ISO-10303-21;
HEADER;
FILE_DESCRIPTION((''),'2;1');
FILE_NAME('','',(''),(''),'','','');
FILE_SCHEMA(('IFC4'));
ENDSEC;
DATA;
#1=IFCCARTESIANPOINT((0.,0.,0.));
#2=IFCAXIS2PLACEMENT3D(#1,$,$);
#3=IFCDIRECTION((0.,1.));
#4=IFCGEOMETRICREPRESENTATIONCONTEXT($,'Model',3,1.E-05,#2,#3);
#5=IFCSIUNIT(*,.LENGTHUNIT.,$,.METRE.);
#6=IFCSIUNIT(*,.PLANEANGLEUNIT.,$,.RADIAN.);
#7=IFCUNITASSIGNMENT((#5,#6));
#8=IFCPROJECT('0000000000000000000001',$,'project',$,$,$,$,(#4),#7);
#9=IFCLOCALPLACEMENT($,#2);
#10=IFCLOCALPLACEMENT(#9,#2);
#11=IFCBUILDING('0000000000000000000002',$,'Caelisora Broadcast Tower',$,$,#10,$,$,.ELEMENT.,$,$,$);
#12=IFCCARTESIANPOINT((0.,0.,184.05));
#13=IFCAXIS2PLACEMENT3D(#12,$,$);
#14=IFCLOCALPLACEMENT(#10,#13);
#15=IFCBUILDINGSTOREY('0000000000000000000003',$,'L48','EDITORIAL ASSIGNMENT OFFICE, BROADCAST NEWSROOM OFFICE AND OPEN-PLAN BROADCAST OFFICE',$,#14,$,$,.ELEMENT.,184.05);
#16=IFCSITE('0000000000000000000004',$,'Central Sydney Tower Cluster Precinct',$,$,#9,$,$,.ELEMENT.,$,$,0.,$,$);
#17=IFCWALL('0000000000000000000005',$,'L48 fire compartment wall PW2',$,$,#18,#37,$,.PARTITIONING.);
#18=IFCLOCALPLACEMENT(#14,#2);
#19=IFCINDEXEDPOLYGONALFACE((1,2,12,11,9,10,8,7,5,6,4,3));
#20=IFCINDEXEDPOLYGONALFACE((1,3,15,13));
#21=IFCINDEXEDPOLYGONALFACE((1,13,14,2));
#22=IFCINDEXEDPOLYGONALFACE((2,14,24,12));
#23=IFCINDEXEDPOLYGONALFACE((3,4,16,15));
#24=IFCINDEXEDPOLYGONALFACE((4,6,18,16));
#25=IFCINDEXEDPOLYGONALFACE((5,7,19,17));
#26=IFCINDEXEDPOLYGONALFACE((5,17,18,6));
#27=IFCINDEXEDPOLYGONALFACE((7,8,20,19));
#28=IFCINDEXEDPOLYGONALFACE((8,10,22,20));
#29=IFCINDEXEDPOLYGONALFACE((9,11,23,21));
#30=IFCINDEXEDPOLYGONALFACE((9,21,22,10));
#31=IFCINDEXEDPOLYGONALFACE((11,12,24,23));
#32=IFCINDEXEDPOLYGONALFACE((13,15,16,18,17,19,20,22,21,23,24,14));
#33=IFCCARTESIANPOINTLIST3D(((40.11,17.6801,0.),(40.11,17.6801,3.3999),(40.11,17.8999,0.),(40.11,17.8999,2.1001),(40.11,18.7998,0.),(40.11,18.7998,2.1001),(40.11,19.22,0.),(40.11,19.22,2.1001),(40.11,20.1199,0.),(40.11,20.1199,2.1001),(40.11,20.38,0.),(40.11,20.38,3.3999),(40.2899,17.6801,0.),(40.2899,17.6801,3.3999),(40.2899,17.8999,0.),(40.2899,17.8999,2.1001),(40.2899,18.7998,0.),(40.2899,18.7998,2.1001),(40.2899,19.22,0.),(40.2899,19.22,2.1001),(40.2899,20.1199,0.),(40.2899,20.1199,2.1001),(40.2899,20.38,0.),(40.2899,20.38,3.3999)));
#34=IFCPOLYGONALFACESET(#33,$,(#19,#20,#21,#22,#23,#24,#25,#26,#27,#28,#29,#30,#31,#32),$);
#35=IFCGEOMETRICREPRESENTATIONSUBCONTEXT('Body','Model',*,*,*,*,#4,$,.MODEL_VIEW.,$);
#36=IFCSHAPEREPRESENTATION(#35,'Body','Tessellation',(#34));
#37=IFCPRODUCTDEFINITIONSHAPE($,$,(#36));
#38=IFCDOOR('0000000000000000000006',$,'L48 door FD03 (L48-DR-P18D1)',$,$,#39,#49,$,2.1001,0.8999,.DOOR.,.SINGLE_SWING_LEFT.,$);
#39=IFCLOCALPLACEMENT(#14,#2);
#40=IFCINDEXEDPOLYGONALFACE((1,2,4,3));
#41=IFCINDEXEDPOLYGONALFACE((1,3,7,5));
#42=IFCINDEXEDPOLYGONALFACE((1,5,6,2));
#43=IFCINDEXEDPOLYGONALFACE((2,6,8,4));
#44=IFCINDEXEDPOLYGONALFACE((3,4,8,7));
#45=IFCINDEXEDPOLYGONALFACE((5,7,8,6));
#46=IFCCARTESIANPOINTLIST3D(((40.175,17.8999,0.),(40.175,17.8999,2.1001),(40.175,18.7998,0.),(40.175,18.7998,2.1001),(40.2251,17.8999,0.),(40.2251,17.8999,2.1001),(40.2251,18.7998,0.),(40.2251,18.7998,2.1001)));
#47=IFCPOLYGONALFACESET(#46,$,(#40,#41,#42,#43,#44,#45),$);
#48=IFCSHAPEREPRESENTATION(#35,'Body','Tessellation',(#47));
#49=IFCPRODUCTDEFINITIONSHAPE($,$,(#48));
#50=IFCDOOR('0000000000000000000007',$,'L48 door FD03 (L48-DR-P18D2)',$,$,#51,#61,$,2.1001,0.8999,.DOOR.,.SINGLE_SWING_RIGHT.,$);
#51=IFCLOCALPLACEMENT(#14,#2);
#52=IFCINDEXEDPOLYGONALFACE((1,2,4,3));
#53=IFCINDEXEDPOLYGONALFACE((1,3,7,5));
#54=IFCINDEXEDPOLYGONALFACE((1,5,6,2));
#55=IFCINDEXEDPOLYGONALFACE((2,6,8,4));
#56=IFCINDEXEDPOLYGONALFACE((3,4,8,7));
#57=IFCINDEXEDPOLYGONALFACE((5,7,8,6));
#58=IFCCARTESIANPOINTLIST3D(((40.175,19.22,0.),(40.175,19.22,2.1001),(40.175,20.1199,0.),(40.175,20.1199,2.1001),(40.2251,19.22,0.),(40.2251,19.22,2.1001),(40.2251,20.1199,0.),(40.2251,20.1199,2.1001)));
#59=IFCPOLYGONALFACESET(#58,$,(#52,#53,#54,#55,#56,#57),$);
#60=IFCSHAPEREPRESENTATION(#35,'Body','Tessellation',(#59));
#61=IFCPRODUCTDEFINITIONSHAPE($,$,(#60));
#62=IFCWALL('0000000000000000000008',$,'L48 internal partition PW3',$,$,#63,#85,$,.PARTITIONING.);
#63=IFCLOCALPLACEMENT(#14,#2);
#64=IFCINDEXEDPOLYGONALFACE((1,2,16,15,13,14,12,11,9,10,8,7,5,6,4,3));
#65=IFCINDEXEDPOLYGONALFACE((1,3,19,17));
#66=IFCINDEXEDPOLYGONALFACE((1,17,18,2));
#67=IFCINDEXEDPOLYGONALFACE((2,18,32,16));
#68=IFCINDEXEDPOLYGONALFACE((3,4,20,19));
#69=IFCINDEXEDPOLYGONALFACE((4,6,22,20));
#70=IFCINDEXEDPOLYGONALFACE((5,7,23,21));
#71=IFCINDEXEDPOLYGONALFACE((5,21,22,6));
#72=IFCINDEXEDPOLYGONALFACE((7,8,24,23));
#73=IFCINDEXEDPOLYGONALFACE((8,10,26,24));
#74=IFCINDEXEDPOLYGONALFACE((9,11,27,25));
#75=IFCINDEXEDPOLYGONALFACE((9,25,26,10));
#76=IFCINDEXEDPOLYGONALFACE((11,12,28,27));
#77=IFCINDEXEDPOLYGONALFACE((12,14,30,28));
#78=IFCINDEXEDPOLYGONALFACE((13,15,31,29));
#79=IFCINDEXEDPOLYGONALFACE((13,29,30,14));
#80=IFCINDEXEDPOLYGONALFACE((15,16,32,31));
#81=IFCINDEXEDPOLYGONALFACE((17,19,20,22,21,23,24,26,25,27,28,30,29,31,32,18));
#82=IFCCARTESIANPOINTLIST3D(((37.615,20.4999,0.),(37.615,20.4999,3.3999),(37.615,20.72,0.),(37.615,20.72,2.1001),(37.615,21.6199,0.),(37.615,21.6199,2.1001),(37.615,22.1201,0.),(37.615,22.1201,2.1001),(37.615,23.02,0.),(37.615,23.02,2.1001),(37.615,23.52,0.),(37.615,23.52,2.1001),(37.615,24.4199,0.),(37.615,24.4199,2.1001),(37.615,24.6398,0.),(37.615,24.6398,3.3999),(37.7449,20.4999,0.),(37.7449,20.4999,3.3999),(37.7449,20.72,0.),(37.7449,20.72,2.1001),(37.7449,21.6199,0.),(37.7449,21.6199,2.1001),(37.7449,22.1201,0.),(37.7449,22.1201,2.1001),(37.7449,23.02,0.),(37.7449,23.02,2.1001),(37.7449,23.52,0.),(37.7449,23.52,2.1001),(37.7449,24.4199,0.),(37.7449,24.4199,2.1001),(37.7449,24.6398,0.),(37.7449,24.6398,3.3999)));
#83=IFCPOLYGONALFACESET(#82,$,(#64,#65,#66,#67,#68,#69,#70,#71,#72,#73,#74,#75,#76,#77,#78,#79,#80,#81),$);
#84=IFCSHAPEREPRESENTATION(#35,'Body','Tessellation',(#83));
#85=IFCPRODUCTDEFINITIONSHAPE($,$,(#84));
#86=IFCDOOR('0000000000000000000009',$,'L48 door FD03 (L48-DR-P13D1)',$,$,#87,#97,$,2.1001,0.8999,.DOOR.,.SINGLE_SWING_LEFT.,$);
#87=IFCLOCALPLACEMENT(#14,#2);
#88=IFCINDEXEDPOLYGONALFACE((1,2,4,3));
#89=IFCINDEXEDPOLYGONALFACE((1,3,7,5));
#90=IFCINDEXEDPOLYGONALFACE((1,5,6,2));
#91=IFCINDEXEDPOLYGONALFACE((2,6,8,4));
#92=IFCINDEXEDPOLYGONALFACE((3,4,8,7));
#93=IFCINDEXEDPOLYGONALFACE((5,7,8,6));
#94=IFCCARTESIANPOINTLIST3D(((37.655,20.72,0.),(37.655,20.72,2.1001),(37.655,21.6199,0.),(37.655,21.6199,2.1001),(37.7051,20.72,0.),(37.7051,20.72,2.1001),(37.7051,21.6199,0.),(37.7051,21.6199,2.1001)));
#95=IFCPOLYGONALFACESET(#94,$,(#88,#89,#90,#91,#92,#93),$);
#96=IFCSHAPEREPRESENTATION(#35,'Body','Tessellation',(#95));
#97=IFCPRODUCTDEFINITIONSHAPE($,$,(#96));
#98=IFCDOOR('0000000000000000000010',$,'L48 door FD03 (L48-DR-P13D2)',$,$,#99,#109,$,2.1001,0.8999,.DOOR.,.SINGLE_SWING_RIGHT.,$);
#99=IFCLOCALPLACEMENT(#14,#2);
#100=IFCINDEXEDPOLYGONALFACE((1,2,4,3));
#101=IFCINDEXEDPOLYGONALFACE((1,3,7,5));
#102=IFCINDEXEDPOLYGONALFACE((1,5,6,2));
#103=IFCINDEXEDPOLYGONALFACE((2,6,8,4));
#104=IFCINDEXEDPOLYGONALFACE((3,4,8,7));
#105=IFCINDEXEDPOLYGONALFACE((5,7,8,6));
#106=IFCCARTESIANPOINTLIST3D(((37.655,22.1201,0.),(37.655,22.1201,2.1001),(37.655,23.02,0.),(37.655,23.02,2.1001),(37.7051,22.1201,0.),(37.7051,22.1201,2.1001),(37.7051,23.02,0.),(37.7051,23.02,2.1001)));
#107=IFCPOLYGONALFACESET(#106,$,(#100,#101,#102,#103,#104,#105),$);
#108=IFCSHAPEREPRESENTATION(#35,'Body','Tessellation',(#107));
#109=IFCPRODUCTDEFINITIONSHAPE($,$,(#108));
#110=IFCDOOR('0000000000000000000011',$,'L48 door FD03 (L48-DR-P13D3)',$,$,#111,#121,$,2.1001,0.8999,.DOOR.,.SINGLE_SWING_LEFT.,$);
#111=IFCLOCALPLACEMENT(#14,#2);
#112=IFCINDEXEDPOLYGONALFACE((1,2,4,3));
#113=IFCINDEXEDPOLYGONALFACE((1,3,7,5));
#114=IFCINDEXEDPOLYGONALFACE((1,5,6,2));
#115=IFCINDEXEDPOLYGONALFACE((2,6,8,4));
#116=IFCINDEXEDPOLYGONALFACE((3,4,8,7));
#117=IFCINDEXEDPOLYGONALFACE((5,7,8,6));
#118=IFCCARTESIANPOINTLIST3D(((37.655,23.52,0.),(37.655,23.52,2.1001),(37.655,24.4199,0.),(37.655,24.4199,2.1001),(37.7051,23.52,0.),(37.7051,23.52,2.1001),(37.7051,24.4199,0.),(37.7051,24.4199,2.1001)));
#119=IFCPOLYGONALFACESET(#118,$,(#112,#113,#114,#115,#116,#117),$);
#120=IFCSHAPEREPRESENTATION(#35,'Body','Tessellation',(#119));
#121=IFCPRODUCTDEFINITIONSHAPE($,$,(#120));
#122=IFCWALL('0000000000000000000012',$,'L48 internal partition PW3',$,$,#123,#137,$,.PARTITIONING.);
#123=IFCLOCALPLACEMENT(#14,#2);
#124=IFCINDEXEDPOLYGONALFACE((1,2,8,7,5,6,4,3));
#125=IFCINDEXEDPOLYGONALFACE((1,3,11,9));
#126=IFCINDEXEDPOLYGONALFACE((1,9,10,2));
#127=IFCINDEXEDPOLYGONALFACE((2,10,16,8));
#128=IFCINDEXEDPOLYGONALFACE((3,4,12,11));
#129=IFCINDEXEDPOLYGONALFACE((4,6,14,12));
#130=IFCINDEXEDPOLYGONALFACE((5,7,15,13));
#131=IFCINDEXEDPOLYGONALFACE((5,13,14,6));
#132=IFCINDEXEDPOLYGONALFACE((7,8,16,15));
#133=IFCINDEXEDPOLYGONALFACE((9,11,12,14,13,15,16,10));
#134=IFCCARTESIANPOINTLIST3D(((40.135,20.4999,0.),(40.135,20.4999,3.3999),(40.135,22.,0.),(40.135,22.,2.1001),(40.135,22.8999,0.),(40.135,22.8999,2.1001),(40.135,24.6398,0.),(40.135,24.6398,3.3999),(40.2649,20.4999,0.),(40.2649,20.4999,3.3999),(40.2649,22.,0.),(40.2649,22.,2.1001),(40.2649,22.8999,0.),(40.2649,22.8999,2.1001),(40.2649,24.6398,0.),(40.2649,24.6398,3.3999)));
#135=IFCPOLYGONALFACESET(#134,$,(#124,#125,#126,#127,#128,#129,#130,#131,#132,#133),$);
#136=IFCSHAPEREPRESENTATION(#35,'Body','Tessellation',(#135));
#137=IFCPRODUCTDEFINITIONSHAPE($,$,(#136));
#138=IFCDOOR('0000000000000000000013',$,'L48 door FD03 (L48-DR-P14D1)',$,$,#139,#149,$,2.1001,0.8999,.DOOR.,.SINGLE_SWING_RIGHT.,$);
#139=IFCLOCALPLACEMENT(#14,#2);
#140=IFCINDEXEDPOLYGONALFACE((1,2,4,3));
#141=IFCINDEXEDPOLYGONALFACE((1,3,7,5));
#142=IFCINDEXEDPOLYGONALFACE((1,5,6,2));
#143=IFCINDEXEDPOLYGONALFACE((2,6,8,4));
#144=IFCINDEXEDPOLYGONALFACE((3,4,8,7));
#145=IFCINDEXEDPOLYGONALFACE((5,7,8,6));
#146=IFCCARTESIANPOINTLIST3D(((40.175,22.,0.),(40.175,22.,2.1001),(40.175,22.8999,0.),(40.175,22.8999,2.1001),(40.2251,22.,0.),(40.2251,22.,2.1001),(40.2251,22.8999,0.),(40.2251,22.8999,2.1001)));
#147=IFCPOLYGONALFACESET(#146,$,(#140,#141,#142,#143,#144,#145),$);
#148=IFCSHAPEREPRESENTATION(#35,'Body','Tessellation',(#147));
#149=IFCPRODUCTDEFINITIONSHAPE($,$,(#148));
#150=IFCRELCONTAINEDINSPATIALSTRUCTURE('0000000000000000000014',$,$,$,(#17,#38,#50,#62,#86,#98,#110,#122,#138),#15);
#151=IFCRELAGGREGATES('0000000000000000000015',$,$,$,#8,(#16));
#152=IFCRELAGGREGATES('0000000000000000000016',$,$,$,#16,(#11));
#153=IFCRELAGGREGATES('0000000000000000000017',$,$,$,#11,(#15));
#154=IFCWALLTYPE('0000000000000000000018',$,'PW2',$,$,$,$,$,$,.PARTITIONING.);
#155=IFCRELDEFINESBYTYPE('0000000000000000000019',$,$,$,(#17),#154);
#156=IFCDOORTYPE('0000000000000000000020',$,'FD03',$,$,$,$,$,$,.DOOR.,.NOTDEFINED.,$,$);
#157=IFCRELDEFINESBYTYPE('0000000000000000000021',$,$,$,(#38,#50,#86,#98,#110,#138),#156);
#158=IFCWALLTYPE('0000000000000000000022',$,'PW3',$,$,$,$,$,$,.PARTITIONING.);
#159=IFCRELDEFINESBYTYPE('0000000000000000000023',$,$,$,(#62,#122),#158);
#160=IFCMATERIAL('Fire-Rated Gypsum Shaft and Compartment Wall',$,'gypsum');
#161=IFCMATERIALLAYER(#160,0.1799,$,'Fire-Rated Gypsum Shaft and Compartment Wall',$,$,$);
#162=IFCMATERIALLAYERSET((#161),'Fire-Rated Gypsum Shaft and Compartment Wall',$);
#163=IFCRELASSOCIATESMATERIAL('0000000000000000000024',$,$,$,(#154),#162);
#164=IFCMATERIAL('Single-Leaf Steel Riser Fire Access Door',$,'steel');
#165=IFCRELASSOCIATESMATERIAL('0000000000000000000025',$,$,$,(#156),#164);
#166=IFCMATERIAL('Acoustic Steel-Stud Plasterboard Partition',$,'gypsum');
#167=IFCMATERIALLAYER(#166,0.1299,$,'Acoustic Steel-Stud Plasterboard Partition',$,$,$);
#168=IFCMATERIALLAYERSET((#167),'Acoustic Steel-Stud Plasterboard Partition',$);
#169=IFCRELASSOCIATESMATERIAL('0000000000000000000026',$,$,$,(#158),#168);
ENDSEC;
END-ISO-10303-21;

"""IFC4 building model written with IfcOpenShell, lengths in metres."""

from ifc_helpers import new_model, si_unit, direction, frame, frame_2d, origin, place, context, subcontext, project, spatial, rectangle, extrude, material, layer, layer_set, type_object, element, fill, save


model = new_model("IFC4")

# Units and contexts
model_context = context("Model", 3, precision=1e-05, world=origin(), true_north=direction((0.0, 1.0)))
body_context = subcontext(model_context, "Body", "Model", "MODEL_VIEW")
ifc_project = project(units=[si_unit("LENGTHUNIT", "METRE"), si_unit("PLANEANGLEUNIT", "RADIAN")], contexts=[model_context])

# Site, building, storey
site_placement = place(None, origin())
site = spatial("IfcSite", under=ifc_project, at=site_placement, Name="Central Sydney Tower Cluster Precinct", CompositionType="ELEMENT", RefElevation=0.0)
building_placement = place(site_placement, origin())
building = spatial("IfcBuilding", under=site, at=building_placement, Name="Caelisora Broadcast Tower", CompositionType="ELEMENT")
storey_placement = place(building_placement, frame((0.0, 0.0, 184.05)))
storey = spatial("IfcBuildingStorey", under=building, at=storey_placement, Name="L48", Description="EDITORIAL ASSIGNMENT OFFICE, BROADCAST NEWSROOM OFFICE AND OPEN-PLAN BROADCAST OFFICE", CompositionType="ELEMENT", Elevation=184.05)

# Shared definitions
ifc_material_1 = material(Name="Fire-Rated Gypsum Shaft and Compartment Wall", Category="gypsum")
ifc_layer_1 = layer(ifc_material_1, 0.1799, Name="Fire-Rated Gypsum Shaft and Compartment Wall")
ifc_layer_set_1 = layer_set([ifc_layer_1], Name="Fire-Rated Gypsum Shaft and Compartment Wall")
wall_type_1 = type_object("IfcWallType", Name="PW2", PredefinedType="PARTITIONING", material=ifc_layer_set_1)

# Shared definitions
ifc_material_2 = material(Name="Single-Leaf Steel Riser Fire Access Door", Category="steel")
door_type = type_object("IfcDoorType", Name="FD03", OperationType="NOTDEFINED", PredefinedType="DOOR", material=ifc_material_2)

# Walls, openings, doors
wall_1_placement = place(storey_placement, frame((40.2, 17.6799, 0.0), z_axis=(0.0, 0.0, 1.0), x_axis=(0.0, 1.0, 0.0)))
wall_1 = element("IfcWall", 1, at=wall_1_placement, inside=storey, type_object=wall_type_1, Name="L48 fire compartment wall PW2", PredefinedType="PARTITIONING", context=body_context, shape_type="SweptSolid", body=[
    extrude(rectangle(XDim=2.7, YDim=0.1799, at=frame_2d((1.3501, 0.0))), origin(), (0.0, 0.0, 1.0), 3.3999),
])
opening_1_placement = place(wall_1_placement, frame((0.22, 0.0, 0.0)))
opening_1 = element("IfcOpeningElement", 2, at=opening_1_placement, cuts=wall_1, PredefinedType="OPENING", context=body_context, shape_type="SweptSolid", body=[
    extrude(rectangle(XDim=0.8999, YDim=2.1001, at=frame_2d((0.45, 1.05))), frame((0.0, 0.1021, 0.0), z_axis=(0.0, -1.0, 0.0), x_axis=(1.0, 0.0, 0.0)), (0.0, 0.0, 1.0), 0.2039),
])
opening_2_placement = place(wall_1_placement, frame((1.54, 0.0, 0.0)))
opening_2 = element("IfcOpeningElement", 3, at=opening_2_placement, cuts=wall_1, PredefinedType="OPENING", context=body_context, shape_type="SweptSolid", body=[
    extrude(rectangle(XDim=0.8999, YDim=2.1001, at=frame_2d((0.45, 1.05))), frame((0.0, 0.1021, 0.0), z_axis=(0.0, -1.0, 0.0), x_axis=(1.0, 0.0, 0.0)), (0.0, 0.0, 1.0), 0.2039),
])
door_1_placement = place(opening_1_placement, origin())
door_1 = element("IfcDoor", 4, at=door_1_placement, inside=storey, type_object=door_type, Name="L48 door FD03 (L48-DR-P18D1)", OperationType="SINGLE_SWING_LEFT", OverallHeight=2.1001, OverallWidth=0.8999, PredefinedType="DOOR", context=body_context, shape_type="SweptSolid", body=[
    extrude(rectangle(XDim=0.8999, YDim=2.1001, at=frame_2d((0.45, 1.05))), frame((0.0, 0.0249, 0.0), z_axis=(0.0, -1.0, 0.0), x_axis=(1.0, 0.0, 0.0)), (0.0, 0.0, 1.0), 0.05),
])
fill(opening_1, door_1)
door_2_placement = place(opening_2_placement, origin())
door_2 = element("IfcDoor", 5, at=door_2_placement, inside=storey, type_object=door_type, Name="L48 door FD03 (L48-DR-P18D2)", OperationType="SINGLE_SWING_RIGHT", OverallHeight=2.1001, OverallWidth=0.8999, PredefinedType="DOOR", context=body_context, shape_type="SweptSolid", body=[
    extrude(rectangle(XDim=0.8999, YDim=2.1001, at=frame_2d((0.45, 1.05))), frame((0.0, 0.0249, 0.0), z_axis=(0.0, -1.0, 0.0), x_axis=(1.0, 0.0, 0.0)), (0.0, 0.0, 1.0), 0.05),
])
fill(opening_2, door_2)
ifc_material_3 = material(Name="Acoustic Steel-Stud Plasterboard Partition", Category="gypsum")
ifc_layer_2 = layer(ifc_material_3, 0.1299, Name="Acoustic Steel-Stud Plasterboard Partition")
ifc_layer_set_2 = layer_set([ifc_layer_2], Name="Acoustic Steel-Stud Plasterboard Partition")
wall_type_2 = type_object("IfcWallType", Name="PW3", PredefinedType="PARTITIONING", material=ifc_layer_set_2)
wall_2_placement = place(storey_placement, frame((37.6799, 20.5, 0.0), z_axis=(0.0, 0.0, 1.0), x_axis=(0.0, 1.0, 0.0)))
wall_2 = element("IfcWall", 6, at=wall_2_placement, inside=storey, type_object=wall_type_2, Name="L48 internal partition PW3", PredefinedType="PARTITIONING", context=body_context, shape_type="SweptSolid", body=[
    extrude(rectangle(XDim=4.1399, YDim=0.1299, at=frame_2d((2.0698, 0.0))), origin(), (0.0, 0.0, 1.0), 3.3999),
])
opening_3_placement = place(wall_2_placement, frame((0.22, 0.0, 0.0)))
opening_3 = element("IfcOpeningElement", 7, at=opening_3_placement, cuts=wall_2, PredefinedType="OPENING", context=body_context, shape_type="SweptSolid", body=[
    extrude(rectangle(XDim=0.8999, YDim=2.1001, at=frame_2d((0.45, 1.05))), frame((0.0, 0.0769, 0.0), z_axis=(0.0, -1.0, 0.0), x_axis=(1.0, 0.0, 0.0)), (0.0, 0.0, 1.0), 0.1538),
])
opening_4_placement = place(wall_2_placement, frame((1.6201, 0.0, 0.0)))
opening_4 = element("IfcOpeningElement", 8, at=opening_4_placement, cuts=wall_2, PredefinedType="OPENING", context=body_context, shape_type="SweptSolid", body=[
    extrude(rectangle(XDim=0.8999, YDim=2.1001, at=frame_2d((0.45, 1.05))), frame((0.0, 0.0769, 0.0), z_axis=(0.0, -1.0, 0.0), x_axis=(1.0, 0.0, 0.0)), (0.0, 0.0, 1.0), 0.1538),
])
opening_5_placement = place(wall_2_placement, frame((3.02, 0.0, 0.0)))
opening_5 = element("IfcOpeningElement", 9, at=opening_5_placement, cuts=wall_2, PredefinedType="OPENING", context=body_context, shape_type="SweptSolid", body=[
    extrude(rectangle(XDim=0.8999, YDim=2.1001, at=frame_2d((0.45, 1.05))), frame((0.0, 0.0769, 0.0), z_axis=(0.0, -1.0, 0.0), x_axis=(1.0, 0.0, 0.0)), (0.0, 0.0, 1.0), 0.1538),
])
door_3_placement = place(opening_3_placement, origin())
door_3 = element("IfcDoor", 10, at=door_3_placement, inside=storey, type_object=door_type, Name="L48 door FD03 (L48-DR-P13D1)", OperationType="SINGLE_SWING_LEFT", OverallHeight=2.1001, OverallWidth=0.8999, PredefinedType="DOOR", context=body_context, shape_type="SweptSolid", body=[
    extrude(rectangle(XDim=0.8999, YDim=2.1001, at=frame_2d((0.45, 1.05))), frame((0.0, 0.0249, 0.0), z_axis=(0.0, -1.0, 0.0), x_axis=(1.0, 0.0, 0.0)), (0.0, 0.0, 1.0), 0.05),
])
fill(opening_3, door_3)
door_4_placement = place(opening_4_placement, origin())
door_4 = element("IfcDoor", 11, at=door_4_placement, inside=storey, type_object=door_type, Name="L48 door FD03 (L48-DR-P13D2)", OperationType="SINGLE_SWING_RIGHT", OverallHeight=2.1001, OverallWidth=0.8999, PredefinedType="DOOR", context=body_context, shape_type="SweptSolid", body=[
    extrude(rectangle(XDim=0.8999, YDim=2.1001, at=frame_2d((0.45, 1.05))), frame((0.0, 0.0249, 0.0), z_axis=(0.0, -1.0, 0.0), x_axis=(1.0, 0.0, 0.0)), (0.0, 0.0, 1.0), 0.05),
])
fill(opening_4, door_4)
door_5_placement = place(opening_5_placement, origin())
door_5 = element("IfcDoor", 12, at=door_5_placement, inside=storey, type_object=door_type, Name="L48 door FD03 (L48-DR-P13D3)", OperationType="SINGLE_SWING_LEFT", OverallHeight=2.1001, OverallWidth=0.8999, PredefinedType="DOOR", context=body_context, shape_type="SweptSolid", body=[
    extrude(rectangle(XDim=0.8999, YDim=2.1001, at=frame_2d((0.45, 1.05))), frame((0.0, 0.0249, 0.0), z_axis=(0.0, -1.0, 0.0), x_axis=(1.0, 0.0, 0.0)), (0.0, 0.0, 1.0), 0.05),
])
fill(opening_5, door_5)

# Wall, opening, door
wall_3_placement = place(storey_placement, frame((40.2, 20.5, 0.0), z_axis=(0.0, 0.0, 1.0), x_axis=(0.0, 1.0, 0.0)))
wall_3 = element("IfcWall", 13, at=wall_3_placement, inside=storey, type_object=wall_type_2, Name="L48 internal partition PW3", PredefinedType="PARTITIONING", context=body_context, shape_type="SweptSolid", body=[
    extrude(rectangle(XDim=4.1399, YDim=0.1299, at=frame_2d((2.0698, 0.0))), origin(), (0.0, 0.0, 1.0), 3.3999),
])
opening_6_placement = place(wall_3_placement, frame((1.5, 0.0, 0.0)))
opening_6 = element("IfcOpeningElement", 14, at=opening_6_placement, cuts=wall_3, PredefinedType="OPENING", context=body_context, shape_type="SweptSolid", body=[
    extrude(rectangle(XDim=0.8999, YDim=2.1001, at=frame_2d((0.45, 1.05))), frame((0.0, 0.0769, 0.0), z_axis=(0.0, -1.0, 0.0), x_axis=(1.0, 0.0, 0.0)), (0.0, 0.0, 1.0), 0.1538),
])
door_6_placement = place(opening_6_placement, origin())
door_6 = element("IfcDoor", 15, at=door_6_placement, inside=storey, type_object=door_type, Name="L48 door FD03 (L48-DR-P14D1)", OperationType="SINGLE_SWING_RIGHT", OverallHeight=2.1001, OverallWidth=0.8999, PredefinedType="DOOR", context=body_context, shape_type="SweptSolid", body=[
    extrude(rectangle(XDim=0.8999, YDim=2.1001, at=frame_2d((0.45, 1.05))), frame((0.0, 0.0249, 0.0), z_axis=(0.0, -1.0, 0.0), x_axis=(1.0, 0.0, 0.0)), (0.0, 0.0, 1.0), 0.05),
])
fill(opening_6, door_6)

save(model, "model.ifc")
